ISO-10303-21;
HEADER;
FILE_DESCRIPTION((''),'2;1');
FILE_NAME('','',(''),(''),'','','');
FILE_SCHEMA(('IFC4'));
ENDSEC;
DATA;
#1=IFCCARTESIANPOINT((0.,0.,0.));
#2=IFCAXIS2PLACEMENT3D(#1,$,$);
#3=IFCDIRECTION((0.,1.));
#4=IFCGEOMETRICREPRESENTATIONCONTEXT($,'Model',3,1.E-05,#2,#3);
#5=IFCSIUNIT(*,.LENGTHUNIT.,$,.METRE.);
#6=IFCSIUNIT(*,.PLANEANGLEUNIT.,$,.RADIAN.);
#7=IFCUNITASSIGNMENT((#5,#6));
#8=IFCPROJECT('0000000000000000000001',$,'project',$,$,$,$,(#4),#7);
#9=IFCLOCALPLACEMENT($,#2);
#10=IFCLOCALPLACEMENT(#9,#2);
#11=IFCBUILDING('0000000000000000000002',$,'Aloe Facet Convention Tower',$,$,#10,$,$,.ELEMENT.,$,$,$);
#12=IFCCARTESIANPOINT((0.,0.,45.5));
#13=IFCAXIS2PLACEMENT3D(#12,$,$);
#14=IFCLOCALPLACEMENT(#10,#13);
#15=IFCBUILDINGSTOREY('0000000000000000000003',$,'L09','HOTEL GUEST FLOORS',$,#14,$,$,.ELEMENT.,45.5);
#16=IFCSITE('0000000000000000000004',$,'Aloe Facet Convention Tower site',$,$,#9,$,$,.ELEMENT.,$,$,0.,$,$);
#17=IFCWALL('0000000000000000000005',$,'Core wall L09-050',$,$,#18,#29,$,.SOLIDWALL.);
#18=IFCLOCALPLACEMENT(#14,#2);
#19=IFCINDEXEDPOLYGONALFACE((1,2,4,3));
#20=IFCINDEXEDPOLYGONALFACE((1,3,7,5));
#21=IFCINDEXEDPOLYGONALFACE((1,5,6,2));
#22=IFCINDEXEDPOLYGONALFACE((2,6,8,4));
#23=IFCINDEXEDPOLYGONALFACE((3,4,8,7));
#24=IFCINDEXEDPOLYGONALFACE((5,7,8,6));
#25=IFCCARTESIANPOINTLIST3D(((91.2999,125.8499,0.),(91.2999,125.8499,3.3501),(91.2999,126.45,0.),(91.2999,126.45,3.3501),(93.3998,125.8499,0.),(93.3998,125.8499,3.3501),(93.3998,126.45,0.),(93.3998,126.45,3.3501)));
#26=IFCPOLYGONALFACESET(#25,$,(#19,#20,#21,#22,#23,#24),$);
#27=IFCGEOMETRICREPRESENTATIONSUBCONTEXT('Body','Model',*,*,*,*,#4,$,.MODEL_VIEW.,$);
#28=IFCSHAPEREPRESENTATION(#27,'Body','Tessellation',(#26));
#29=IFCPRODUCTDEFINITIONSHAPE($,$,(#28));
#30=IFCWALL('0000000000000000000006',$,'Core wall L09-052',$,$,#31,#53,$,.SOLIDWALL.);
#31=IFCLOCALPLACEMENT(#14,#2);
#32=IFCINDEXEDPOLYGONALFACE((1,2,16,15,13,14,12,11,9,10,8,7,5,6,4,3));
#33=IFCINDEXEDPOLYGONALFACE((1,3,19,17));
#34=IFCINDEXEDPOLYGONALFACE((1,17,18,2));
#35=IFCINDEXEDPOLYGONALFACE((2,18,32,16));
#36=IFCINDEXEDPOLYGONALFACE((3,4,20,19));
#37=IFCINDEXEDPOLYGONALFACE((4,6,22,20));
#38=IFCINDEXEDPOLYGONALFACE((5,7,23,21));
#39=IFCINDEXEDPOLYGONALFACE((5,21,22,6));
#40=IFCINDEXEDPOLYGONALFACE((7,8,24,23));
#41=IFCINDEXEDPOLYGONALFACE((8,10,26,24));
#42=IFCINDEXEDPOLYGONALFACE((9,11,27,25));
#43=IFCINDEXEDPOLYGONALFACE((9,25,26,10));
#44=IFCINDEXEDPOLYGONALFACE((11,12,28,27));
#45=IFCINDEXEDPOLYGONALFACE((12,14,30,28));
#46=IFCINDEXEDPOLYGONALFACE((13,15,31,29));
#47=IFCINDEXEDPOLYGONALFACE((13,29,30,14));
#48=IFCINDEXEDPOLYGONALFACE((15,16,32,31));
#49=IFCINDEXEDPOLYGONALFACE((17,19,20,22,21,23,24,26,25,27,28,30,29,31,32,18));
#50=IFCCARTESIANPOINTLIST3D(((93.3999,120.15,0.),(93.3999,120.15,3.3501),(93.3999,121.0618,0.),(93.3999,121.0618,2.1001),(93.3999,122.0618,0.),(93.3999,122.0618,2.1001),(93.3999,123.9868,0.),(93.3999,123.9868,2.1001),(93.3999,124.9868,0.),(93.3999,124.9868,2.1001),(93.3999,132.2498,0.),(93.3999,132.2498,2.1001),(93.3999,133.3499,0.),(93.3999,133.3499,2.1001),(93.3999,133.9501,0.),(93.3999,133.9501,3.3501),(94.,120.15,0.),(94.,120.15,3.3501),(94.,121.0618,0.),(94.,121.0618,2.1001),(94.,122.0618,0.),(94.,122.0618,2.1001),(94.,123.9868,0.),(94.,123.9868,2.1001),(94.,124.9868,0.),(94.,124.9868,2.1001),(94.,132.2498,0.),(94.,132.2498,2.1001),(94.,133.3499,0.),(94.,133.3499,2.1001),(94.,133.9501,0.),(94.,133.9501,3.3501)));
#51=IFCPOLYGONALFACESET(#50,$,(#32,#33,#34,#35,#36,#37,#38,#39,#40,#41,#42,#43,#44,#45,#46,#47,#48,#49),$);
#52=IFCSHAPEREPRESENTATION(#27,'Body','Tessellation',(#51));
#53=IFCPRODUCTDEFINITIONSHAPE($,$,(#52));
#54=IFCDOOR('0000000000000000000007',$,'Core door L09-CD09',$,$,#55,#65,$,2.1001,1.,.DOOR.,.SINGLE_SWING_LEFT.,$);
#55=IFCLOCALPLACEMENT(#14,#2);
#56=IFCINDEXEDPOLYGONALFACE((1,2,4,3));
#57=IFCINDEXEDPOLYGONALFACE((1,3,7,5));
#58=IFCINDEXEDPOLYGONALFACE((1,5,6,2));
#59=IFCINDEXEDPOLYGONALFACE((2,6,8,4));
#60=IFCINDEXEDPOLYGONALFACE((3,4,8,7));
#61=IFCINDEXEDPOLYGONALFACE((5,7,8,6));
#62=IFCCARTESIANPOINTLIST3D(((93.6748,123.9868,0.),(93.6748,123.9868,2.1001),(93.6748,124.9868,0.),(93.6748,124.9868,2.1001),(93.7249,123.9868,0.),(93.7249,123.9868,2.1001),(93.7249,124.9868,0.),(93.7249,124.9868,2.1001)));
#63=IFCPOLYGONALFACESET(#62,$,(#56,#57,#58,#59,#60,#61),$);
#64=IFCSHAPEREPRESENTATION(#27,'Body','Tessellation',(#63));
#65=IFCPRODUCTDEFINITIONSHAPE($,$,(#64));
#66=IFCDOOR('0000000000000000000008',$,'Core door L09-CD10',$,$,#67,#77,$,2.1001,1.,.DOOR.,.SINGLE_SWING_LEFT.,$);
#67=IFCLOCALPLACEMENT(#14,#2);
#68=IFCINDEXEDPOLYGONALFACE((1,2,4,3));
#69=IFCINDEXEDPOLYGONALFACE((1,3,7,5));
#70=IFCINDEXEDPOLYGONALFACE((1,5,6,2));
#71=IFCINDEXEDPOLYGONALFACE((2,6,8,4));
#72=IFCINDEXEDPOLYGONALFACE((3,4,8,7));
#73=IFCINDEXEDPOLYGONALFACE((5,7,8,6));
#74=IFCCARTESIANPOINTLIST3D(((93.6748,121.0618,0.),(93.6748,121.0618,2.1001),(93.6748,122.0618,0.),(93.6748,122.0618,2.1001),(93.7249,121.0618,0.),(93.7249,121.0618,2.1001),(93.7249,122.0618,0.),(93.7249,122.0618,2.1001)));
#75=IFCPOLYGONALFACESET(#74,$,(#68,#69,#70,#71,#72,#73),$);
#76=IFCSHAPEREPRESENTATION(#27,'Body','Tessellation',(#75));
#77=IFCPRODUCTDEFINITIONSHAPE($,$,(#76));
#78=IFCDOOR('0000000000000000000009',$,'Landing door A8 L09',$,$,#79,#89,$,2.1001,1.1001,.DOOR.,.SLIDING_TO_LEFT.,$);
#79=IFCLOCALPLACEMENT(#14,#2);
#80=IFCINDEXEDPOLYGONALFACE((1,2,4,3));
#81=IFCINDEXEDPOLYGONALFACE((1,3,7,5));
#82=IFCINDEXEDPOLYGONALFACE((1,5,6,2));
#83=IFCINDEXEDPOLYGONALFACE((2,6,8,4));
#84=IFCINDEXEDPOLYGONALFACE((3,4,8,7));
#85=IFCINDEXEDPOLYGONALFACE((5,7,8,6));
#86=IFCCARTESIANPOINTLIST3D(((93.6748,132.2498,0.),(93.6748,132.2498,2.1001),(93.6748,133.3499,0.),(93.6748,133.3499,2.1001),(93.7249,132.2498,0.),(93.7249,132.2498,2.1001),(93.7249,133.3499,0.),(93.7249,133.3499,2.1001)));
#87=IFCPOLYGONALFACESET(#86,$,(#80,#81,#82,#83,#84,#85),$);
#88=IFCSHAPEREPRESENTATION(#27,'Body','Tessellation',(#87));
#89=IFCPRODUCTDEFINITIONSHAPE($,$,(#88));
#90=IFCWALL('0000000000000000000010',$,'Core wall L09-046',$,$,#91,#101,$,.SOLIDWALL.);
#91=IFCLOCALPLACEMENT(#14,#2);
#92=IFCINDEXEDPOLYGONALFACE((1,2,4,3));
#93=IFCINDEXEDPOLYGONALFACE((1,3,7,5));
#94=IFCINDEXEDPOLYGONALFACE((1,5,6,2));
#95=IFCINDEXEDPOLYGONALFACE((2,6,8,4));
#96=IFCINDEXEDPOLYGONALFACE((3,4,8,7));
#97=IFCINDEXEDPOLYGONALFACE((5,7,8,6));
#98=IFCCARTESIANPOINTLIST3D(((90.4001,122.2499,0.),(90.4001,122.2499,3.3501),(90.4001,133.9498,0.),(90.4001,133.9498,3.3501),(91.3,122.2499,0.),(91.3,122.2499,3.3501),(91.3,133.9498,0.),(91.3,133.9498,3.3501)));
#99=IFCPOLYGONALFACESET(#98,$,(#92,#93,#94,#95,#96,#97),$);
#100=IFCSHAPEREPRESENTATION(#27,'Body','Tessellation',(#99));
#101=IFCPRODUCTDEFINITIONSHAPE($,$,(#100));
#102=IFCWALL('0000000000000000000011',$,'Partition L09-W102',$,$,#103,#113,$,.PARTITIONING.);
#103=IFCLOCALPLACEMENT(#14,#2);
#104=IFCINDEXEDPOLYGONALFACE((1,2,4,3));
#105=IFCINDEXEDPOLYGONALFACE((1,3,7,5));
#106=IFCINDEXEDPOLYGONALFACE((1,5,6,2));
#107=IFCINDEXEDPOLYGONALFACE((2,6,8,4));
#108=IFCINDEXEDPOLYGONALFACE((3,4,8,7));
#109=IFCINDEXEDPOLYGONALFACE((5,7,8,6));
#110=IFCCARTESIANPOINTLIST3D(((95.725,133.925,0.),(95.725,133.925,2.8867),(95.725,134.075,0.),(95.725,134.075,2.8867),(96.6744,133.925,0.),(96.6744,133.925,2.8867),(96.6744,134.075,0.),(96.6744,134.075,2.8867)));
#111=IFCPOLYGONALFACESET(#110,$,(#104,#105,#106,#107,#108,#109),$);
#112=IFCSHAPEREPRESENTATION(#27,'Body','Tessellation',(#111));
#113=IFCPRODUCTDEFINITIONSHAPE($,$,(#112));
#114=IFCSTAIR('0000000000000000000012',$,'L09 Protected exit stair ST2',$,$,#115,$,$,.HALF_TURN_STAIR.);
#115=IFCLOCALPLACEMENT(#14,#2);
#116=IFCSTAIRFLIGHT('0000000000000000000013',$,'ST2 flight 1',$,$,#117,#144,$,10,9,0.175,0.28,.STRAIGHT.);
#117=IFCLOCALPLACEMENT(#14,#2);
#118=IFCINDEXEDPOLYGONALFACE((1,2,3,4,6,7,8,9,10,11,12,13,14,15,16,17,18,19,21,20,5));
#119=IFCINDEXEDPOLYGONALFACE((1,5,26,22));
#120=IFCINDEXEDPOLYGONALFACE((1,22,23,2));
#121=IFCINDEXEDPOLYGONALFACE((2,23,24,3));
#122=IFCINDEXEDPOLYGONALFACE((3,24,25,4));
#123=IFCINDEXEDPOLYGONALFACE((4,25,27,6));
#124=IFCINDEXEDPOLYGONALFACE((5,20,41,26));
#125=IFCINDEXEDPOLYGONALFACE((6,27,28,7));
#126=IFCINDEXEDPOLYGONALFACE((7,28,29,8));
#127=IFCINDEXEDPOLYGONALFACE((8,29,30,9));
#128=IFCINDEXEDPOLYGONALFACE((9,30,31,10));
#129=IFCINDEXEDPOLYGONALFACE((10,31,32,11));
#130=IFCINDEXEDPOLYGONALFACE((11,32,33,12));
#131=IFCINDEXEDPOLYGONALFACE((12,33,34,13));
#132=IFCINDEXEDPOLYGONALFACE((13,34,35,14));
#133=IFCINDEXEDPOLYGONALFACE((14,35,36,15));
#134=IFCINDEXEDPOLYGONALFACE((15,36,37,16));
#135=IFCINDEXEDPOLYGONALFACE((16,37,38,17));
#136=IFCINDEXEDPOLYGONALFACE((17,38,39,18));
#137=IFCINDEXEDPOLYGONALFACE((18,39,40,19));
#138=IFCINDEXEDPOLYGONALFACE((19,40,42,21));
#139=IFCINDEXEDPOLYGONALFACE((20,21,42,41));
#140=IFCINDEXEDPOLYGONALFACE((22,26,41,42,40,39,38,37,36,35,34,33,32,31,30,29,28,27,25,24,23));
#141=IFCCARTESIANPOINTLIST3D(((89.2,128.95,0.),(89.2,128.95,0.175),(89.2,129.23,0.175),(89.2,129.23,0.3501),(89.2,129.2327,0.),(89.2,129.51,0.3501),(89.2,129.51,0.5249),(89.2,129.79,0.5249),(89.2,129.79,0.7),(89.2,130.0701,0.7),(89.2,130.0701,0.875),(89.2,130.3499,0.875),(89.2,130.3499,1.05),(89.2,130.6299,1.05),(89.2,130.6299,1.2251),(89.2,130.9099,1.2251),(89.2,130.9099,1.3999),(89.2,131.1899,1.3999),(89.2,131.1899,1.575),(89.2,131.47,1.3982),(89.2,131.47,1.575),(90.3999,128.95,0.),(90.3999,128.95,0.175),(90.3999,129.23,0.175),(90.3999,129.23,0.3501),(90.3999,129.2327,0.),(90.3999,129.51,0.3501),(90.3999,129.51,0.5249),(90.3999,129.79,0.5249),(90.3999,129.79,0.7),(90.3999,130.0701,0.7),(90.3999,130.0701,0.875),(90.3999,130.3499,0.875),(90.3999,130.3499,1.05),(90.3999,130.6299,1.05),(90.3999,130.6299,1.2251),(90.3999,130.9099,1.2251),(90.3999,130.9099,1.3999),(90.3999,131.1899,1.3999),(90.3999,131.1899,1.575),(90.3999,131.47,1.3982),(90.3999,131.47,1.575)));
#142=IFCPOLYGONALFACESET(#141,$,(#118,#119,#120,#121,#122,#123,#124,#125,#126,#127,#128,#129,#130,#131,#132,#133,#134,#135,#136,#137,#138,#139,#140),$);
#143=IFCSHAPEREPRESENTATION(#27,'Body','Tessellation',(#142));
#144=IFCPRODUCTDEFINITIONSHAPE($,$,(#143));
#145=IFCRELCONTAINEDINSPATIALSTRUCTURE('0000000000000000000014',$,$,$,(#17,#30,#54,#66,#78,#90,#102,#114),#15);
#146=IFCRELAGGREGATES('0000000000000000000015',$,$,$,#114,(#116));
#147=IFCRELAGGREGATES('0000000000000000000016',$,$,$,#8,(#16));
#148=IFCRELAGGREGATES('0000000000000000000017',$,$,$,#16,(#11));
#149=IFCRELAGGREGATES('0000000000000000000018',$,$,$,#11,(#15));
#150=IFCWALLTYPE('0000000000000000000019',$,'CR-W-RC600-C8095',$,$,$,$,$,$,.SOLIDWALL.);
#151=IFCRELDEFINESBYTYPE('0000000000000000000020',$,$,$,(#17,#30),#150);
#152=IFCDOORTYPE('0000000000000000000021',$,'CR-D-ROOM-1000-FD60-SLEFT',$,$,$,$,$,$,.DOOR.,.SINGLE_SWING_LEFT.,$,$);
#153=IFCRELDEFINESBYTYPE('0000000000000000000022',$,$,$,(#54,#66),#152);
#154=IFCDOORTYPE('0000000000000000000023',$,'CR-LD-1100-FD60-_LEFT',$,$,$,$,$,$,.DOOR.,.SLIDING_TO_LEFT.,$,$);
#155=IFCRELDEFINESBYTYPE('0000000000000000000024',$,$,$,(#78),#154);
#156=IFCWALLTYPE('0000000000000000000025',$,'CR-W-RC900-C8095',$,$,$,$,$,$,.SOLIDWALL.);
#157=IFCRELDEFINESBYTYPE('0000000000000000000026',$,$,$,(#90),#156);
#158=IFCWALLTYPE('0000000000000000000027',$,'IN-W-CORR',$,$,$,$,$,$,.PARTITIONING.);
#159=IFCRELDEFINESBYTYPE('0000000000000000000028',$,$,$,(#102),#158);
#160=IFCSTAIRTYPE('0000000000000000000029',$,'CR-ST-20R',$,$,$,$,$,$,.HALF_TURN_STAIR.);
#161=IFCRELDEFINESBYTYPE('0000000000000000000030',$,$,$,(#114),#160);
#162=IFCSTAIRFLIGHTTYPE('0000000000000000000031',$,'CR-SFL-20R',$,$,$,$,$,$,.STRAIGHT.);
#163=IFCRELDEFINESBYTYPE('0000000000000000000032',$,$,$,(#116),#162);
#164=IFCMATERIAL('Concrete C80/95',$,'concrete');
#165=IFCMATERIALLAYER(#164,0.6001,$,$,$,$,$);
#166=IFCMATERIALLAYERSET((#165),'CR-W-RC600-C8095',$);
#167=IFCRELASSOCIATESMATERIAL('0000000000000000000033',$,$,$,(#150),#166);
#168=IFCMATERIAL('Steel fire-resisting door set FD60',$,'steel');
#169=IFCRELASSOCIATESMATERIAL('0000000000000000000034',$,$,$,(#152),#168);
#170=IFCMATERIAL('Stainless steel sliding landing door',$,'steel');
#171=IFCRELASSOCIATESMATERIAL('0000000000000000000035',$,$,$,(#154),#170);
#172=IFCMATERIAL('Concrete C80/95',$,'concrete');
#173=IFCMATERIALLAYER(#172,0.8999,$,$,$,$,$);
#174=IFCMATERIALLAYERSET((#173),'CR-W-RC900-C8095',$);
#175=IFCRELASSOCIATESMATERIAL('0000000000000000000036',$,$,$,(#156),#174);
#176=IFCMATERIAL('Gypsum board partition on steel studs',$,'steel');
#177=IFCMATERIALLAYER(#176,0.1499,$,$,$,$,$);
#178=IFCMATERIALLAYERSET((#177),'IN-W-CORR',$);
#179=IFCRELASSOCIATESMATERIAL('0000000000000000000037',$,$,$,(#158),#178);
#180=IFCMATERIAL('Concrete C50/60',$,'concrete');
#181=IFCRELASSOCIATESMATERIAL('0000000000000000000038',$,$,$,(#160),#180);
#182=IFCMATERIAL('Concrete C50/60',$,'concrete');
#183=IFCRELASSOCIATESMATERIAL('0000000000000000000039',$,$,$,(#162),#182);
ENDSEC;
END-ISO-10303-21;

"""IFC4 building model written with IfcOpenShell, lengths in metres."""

from ifc_helpers import new_model, si_unit, direction, frame, frame_2d, origin, place, context, subcontext, project, spatial, polyline, rectangle, outline, extrude, material, layer, layer_set, type_object, element, fill, aggregate, save


model = new_model("IFC4")

# Units and contexts
model_context = context("Model", 3, precision=1e-05, world=origin(), true_north=direction((0.0, 1.0)))
body_context = subcontext(model_context, "Body", "Model", "MODEL_VIEW")
ifc_project = project(units=[si_unit("LENGTHUNIT", "METRE"), si_unit("PLANEANGLEUNIT", "RADIAN")], contexts=[model_context])

# Site, building, storey
site_placement = place(None, origin())
site = spatial("IfcSite", under=ifc_project, at=site_placement, Name="Aloe Facet Convention Tower site", CompositionType="ELEMENT", RefElevation=0.0)
building_placement = place(site_placement, origin())
building = spatial("IfcBuilding", under=site, at=building_placement, Name="Aloe Facet Convention Tower", CompositionType="ELEMENT")
storey_placement = place(building_placement, frame((0.0, 0.0, 45.5)))
storey = spatial("IfcBuildingStorey", under=building, at=storey_placement, Name="L09", Description="HOTEL GUEST FLOORS", CompositionType="ELEMENT", Elevation=45.5)

# Wall
ifc_material_1 = material(Name="Concrete C80/95", Category="concrete")
ifc_layer_1 = layer(ifc_material_1, 0.6001)
ifc_layer_set_1 = layer_set([ifc_layer_1], Name="CR-W-RC600-C8095")
wall_type_1 = type_object("IfcWallType", Name="CR-W-RC600-C8095", PredefinedType="SOLIDWALL", material=ifc_layer_set_1)
wall_1_placement = place(storey_placement, frame((91.3, 126.1499, 0.0), z_axis=(0.0, 0.0, 1.0), x_axis=(1.0, 0.0, 0.0)))
element("IfcWall", 1, at=wall_1_placement, inside=storey, type_object=wall_type_1, Name="Core wall L09-050", PredefinedType="SOLIDWALL", context=body_context, shape_type="SweptSolid", body=[
    extrude(rectangle(XDim=2.0999, YDim=0.6001, at=frame_2d((1.0498, 0.0))), origin(), (0.0, 0.0, 1.0), 3.3501),
])

# Wall, openings, doors
wall_2_placement = place(storey_placement, frame((93.7, 133.95, 0.0), z_axis=(0.0, 0.0, 1.0), x_axis=(0.0, -1.0, 0.0)))
wall_2 = element("IfcWall", 2, at=wall_2_placement, inside=storey, type_object=wall_type_1, Name="Core wall L09-052", PredefinedType="SOLIDWALL", context=body_context, shape_type="SweptSolid", body=[
    extrude(rectangle(XDim=13.8, YDim=0.6001, at=frame_2d((6.8999, 0.0))), origin(), (0.0, 0.0, 1.0), 3.3501),
])
opening_1_placement = place(wall_2_placement, frame((0.6001, 0.0, 0.0)))
opening_1 = element("IfcOpeningElement", 3, at=opening_1_placement, cuts=wall_2, PredefinedType="OPENING", context=body_context, shape_type="SweptSolid", body=[
    extrude(rectangle(XDim=1.1001, YDim=2.1001, at=frame_2d((0.55, 1.05))), frame((0.0, 0.3101, 0.0), z_axis=(0.0, -1.0, 0.0), x_axis=(1.0, 0.0, 0.0)), (0.0, 0.0, 1.0), 0.6201),
])
opening_2_placement = place(wall_2_placement, frame((8.9631, 0.0, 0.0)))
opening_2 = element("IfcOpeningElement", 4, at=opening_2_placement, cuts=wall_2, PredefinedType="OPENING", context=body_context, shape_type="SweptSolid", body=[
    extrude(rectangle(XDim=1.0, YDim=2.1001, at=frame_2d((0.5, 1.05))), frame((0.0, 0.3101, 0.0), z_axis=(0.0, -1.0, 0.0), x_axis=(1.0, 0.0, 0.0)), (0.0, 0.0, 1.0), 0.6201),
])
opening_3_placement = place(wall_2_placement, frame((11.8882, 0.0, 0.0)))
opening_3 = element("IfcOpeningElement", 5, at=opening_3_placement, cuts=wall_2, PredefinedType="OPENING", context=body_context, shape_type="SweptSolid", body=[
    extrude(rectangle(XDim=1.0, YDim=2.1001, at=frame_2d((0.5, 1.05))), frame((0.0, 0.3101, 0.0), z_axis=(0.0, -1.0, 0.0), x_axis=(1.0, 0.0, 0.0)), (0.0, 0.0, 1.0), 0.6201),
])
ifc_material_2 = material(Name="Steel fire-resisting door set FD60", Category="steel")
door_type_1 = type_object("IfcDoorType", Name="CR-D-ROOM-1000-FD60-SLEFT", OperationType="SINGLE_SWING_LEFT", PredefinedType="DOOR", material=ifc_material_2)
door_1_placement = place(opening_2_placement, origin())
door_1 = element("IfcDoor", 6, at=door_1_placement, inside=storey, type_object=door_type_1, Name="Core door L09-CD09", OperationType="SINGLE_SWING_LEFT", OverallHeight=2.1001, OverallWidth=1.0, PredefinedType="DOOR", context=body_context, shape_type="SweptSolid", body=[
    extrude(rectangle(XDim=1.0, YDim=2.1001, at=frame_2d((0.5, 1.05))), frame((0.0, 0.0249, 0.0), z_axis=(0.0, -1.0, 0.0), x_axis=(1.0, 0.0, 0.0)), (0.0, 0.0, 1.0), 0.05),
])
fill(opening_2, door_1)
door_2_placement = place(opening_3_placement, origin())
door_2 = element("IfcDoor", 7, at=door_2_placement, inside=storey, type_object=door_type_1, Name="Core door L09-CD10", OperationType="SINGLE_SWING_LEFT", OverallHeight=2.1001, OverallWidth=1.0, PredefinedType="DOOR", context=body_context, shape_type="SweptSolid", body=[
    extrude(rectangle(XDim=1.0, YDim=2.1001, at=frame_2d((0.5, 1.05))), frame((0.0, 0.0249, 0.0), z_axis=(0.0, -1.0, 0.0), x_axis=(1.0, 0.0, 0.0)), (0.0, 0.0, 1.0), 0.05),
])
fill(opening_3, door_2)
ifc_material_3 = material(Name="Stainless steel sliding landing door", Category="steel")
door_type_2 = type_object("IfcDoorType", Name="CR-LD-1100-FD60-_LEFT", OperationType="SLIDING_TO_LEFT", PredefinedType="DOOR", material=ifc_material_3)
door_3_placement = place(opening_1_placement, origin())
door_3 = element("IfcDoor", 8, at=door_3_placement, inside=storey, type_object=door_type_2, Name="Landing door A8 L09", OperationType="SLIDING_TO_LEFT", OverallHeight=2.1001, OverallWidth=1.1001, PredefinedType="DOOR", context=body_context, shape_type="SweptSolid", body=[
    extrude(rectangle(XDim=1.1001, YDim=2.1001, at=frame_2d((0.55, 1.05))), frame((0.0, 0.0249, 0.0), z_axis=(0.0, -1.0, 0.0), x_axis=(1.0, 0.0, 0.0)), (0.0, 0.0, 1.0), 0.05),
])
fill(opening_1, door_3)

# Walls
ifc_material_4 = material(Name="Concrete C80/95", Category="concrete")
ifc_layer_2 = layer(ifc_material_4, 0.8999)
ifc_layer_set_2 = layer_set([ifc_layer_2], Name="CR-W-RC900-C8095")
wall_type_2 = type_object("IfcWallType", Name="CR-W-RC900-C8095", PredefinedType="SOLIDWALL", material=ifc_layer_set_2)
wall_3_placement = place(storey_placement, frame((90.8501, 133.95, 0.0), z_axis=(0.0, 0.0, 1.0), x_axis=(0.0, -1.0, 0.0)))
element("IfcWall", 9, at=wall_3_placement, inside=storey, type_object=wall_type_2, Name="Core wall L09-046", PredefinedType="SOLIDWALL", context=body_context, shape_type="SweptSolid", body=[
    extrude(rectangle(XDim=11.7, YDim=0.8999, at=frame_2d((5.8501, 0.0))), origin(), (0.0, 0.0, 1.0), 3.3501),
])
ifc_material_5 = material(Name="Gypsum board partition on steel studs", Category="steel")
ifc_layer_3 = layer(ifc_material_5, 0.1499)
ifc_layer_set_3 = layer_set([ifc_layer_3], Name="IN-W-CORR")
wall_type_3 = type_object("IfcWallType", Name="IN-W-CORR", PredefinedType="PARTITIONING", material=ifc_layer_set_3)
wall_4_placement = place(storey_placement, frame((95.7251, 134.0, 0.0), z_axis=(0.0, 0.0, 1.0), x_axis=(1.0, 0.0, 0.0)))
element("IfcWall", 10, at=wall_4_placement, inside=storey, type_object=wall_type_3, Name="Partition L09-W102", PredefinedType="PARTITIONING", context=body_context, shape_type="SweptSolid", body=[
    extrude(rectangle(XDim=0.9495, YDim=0.1499, at=frame_2d((0.4746, 0.0))), origin(), (0.0, 0.0, 1.0), 2.8867),
])

# Stair, stair flight
ifc_material_6 = material(Name="Concrete C50/60", Category="concrete")
stair_type = type_object("IfcStairType", Name="CR-ST-20R", PredefinedType="HALF_TURN_STAIR", material=ifc_material_6)
stair_placement = place(storey_placement, origin())
stair = element("IfcStair", 11, at=stair_placement, inside=storey, type_object=stair_type, Name="L09 Protected exit stair ST2", PredefinedType="HALF_TURN_STAIR")
ifc_material_7 = material(Name="Concrete C50/60", Category="concrete")
stair_flight_type = type_object("IfcStairFlightType", Name="CR-SFL-20R", PredefinedType="STRAIGHT", material=ifc_material_7)
stair_flight_placement = place(storey_placement, frame((89.8, 128.95, 0.0), z_axis=(0.0, 0.0, 1.0), x_axis=(0.0, 1.0, 0.0)))
stair_flight = element("IfcStairFlight", 12, at=stair_flight_placement, type_object=stair_flight_type, Name="ST2 flight 1", NumberOfRisers=10, NumberOfTreads=9, PredefinedType="STRAIGHT", RiserHeight=0.175, TreadLength=0.28, context=body_context, shape_type="SweptSolid", body=[
    extrude(outline(polyline([(0.0, 0.0), (0.0, 0.175), (0.28, 0.175), (0.28, 0.3501), (0.5601, 0.3501), (0.5601, 0.5249), (0.8401, 0.5249), (0.8401, 0.7), (1.1201, 0.7), (1.1201, 0.875), (1.3999, 0.875), (1.3999, 1.05), (1.6799, 1.05), (1.6799, 1.2251), (1.96, 1.2251), (1.96, 1.3999), (2.24, 1.3999), (2.24, 1.575), (2.52, 1.575), (2.52, 1.75), (2.52, 1.3982), (0.2827, 0.0), (0.0, 0.0)])), frame((0.0, 0.6001, 0.0), z_axis=(0.0, -1.0, 0.0), x_axis=(1.0, 0.0, 0.0)), (0.0, 0.0, 1.0), 1.2),
])
aggregate(stair, [stair_flight])

save(model, "model.ifc")
